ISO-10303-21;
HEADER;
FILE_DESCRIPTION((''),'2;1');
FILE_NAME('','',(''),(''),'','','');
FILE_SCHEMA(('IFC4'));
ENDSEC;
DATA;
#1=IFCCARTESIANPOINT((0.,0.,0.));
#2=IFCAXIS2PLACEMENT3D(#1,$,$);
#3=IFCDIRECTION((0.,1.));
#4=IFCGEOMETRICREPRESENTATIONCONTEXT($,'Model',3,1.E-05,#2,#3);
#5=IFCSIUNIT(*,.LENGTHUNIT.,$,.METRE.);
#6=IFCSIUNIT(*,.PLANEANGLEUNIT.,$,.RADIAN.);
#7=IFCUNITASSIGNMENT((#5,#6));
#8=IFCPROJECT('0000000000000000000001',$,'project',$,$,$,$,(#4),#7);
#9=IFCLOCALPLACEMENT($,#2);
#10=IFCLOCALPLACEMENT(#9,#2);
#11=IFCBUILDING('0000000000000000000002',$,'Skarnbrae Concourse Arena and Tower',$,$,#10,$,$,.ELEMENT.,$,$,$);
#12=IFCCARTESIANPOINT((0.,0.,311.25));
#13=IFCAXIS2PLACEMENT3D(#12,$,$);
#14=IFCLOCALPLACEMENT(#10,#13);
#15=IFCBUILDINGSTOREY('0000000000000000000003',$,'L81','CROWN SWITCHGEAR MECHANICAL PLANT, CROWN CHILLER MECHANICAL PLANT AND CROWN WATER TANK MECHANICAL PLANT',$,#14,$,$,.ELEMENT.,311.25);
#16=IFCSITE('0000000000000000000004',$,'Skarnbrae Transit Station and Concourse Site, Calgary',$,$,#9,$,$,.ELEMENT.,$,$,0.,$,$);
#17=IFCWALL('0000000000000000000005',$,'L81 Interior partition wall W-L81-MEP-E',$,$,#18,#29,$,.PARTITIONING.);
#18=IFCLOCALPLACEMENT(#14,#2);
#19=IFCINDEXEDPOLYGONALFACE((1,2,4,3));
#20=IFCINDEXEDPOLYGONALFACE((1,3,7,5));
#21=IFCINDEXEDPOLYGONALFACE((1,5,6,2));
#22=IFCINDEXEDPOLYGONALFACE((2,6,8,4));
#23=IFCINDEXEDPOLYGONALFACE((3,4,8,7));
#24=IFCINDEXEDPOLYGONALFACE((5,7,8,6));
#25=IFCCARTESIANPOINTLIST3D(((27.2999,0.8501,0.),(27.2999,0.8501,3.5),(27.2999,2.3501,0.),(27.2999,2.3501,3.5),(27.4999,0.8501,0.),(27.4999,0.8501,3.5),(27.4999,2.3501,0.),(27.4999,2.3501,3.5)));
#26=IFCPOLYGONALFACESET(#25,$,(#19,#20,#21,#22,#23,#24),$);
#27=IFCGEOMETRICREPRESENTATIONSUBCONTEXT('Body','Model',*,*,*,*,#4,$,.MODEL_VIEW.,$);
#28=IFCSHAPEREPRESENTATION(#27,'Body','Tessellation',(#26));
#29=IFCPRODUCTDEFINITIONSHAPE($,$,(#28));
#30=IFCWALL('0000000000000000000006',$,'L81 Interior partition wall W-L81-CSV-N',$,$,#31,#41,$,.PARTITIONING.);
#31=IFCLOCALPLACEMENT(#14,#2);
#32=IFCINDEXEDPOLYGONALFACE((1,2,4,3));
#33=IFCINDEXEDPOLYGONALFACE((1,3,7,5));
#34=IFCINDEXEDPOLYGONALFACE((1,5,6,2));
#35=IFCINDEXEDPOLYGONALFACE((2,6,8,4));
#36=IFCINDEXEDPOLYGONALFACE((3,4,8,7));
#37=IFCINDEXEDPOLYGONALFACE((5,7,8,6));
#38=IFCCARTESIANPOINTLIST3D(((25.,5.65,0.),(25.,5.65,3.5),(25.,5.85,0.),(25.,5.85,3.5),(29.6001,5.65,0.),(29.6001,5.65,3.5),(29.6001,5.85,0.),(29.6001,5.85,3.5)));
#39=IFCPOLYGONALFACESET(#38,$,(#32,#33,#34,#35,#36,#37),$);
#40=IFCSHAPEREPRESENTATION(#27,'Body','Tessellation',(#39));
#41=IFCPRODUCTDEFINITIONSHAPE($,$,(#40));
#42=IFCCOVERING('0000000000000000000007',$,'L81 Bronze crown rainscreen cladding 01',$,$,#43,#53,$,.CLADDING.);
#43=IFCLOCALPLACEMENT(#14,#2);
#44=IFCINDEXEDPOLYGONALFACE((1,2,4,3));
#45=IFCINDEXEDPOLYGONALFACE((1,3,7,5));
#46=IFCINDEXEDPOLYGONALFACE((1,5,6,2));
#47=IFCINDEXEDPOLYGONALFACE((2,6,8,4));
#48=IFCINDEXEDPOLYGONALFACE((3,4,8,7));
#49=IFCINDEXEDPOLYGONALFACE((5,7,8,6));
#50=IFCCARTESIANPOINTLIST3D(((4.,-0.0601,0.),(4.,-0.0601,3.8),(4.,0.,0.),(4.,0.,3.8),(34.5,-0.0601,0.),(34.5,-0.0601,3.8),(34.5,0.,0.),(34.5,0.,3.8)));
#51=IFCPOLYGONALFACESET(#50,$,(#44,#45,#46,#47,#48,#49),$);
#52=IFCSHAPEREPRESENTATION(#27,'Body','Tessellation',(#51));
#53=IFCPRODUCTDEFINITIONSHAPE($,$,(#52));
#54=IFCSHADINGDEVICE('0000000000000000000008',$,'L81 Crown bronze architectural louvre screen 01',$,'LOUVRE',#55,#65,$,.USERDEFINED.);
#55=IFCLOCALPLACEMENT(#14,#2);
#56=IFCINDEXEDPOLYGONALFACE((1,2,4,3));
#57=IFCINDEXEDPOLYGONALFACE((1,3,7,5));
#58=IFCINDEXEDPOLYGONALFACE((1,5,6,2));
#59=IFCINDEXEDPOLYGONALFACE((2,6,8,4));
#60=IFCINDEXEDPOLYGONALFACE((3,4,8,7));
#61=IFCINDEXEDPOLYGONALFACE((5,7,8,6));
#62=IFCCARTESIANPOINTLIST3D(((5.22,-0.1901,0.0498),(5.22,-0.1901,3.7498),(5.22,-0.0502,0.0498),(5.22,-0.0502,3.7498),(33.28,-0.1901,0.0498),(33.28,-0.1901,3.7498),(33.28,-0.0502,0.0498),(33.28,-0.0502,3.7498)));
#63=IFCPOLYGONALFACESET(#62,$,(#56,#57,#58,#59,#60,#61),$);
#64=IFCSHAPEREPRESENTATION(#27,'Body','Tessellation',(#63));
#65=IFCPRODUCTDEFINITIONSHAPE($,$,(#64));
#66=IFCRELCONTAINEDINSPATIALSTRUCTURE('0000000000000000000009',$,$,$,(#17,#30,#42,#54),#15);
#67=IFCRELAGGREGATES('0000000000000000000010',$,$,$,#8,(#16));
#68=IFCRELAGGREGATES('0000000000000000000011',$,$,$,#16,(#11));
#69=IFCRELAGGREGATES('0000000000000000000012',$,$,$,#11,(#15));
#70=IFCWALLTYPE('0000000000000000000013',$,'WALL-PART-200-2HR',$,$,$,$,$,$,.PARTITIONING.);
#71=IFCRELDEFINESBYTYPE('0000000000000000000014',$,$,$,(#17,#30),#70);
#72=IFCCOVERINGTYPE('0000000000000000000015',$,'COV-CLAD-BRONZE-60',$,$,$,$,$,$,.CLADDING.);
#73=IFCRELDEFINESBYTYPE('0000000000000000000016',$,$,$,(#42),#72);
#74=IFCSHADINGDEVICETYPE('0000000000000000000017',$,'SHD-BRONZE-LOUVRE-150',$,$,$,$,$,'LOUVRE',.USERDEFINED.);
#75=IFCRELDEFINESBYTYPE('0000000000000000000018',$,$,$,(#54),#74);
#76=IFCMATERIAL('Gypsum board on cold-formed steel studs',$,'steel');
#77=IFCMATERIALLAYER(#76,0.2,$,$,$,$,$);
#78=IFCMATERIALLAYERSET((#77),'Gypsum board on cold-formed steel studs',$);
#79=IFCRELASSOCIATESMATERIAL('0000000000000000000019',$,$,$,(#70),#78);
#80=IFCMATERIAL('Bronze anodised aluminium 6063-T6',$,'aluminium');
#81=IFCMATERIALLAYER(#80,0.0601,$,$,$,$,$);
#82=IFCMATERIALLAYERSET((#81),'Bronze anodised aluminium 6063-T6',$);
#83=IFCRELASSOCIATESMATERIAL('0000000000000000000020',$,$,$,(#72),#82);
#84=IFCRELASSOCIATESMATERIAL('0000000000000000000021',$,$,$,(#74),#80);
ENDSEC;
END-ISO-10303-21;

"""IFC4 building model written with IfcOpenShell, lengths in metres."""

from ifc_helpers import new_model, si_unit, direction, frame, frame_2d, origin, origin_2d, place, context, subcontext, project, spatial, rectangle, extrude, source, transform, mapped, material, layer, layer_set, type_object, element, save


model = new_model("IFC4")

# Units and contexts
model_context = context("Model", 3, precision=1e-05, world=origin(), true_north=direction((0.0, 1.0)))
body_context = subcontext(model_context, "Body", "Model", "MODEL_VIEW")
ifc_project = project(units=[si_unit("LENGTHUNIT", "METRE"), si_unit("PLANEANGLEUNIT", "RADIAN")], contexts=[model_context])

# Site, building, storey
site_placement = place(None, origin())
site = spatial("IfcSite", under=ifc_project, at=site_placement, Name="Skarnbrae Transit Station and Concourse Site, Calgary", CompositionType="ELEMENT", RefElevation=0.0)
building_placement = place(site_placement, origin())
building = spatial("IfcBuilding", under=site, at=building_placement, Name="Skarnbrae Concourse Arena and Tower", CompositionType="ELEMENT")
storey_placement = place(building_placement, frame((0.0, 0.0, 311.25)))
storey = spatial("IfcBuildingStorey", under=building, at=storey_placement, Name="L81", Description="CROWN SWITCHGEAR MECHANICAL PLANT, CROWN CHILLER MECHANICAL PLANT AND CROWN WATER TANK MECHANICAL PLANT", CompositionType="ELEMENT", Elevation=311.25)

# Shared definitions
ifc_material_1 = material(Name="Gypsum board on cold-formed steel studs", Category="steel")
ifc_layer_1 = layer(ifc_material_1, 0.2)
ifc_layer_set_1 = layer_set([ifc_layer_1], Name="Gypsum board on cold-formed steel studs")
wall_type_1 = type_object("IfcWallType", Name="WALL-PART-200-2HR", PredefinedType="PARTITIONING", material=ifc_layer_set_1)

# Walls
shared_shape_1 = source(origin(), body_context, "Body", "SweptSolid", [
    extrude(rectangle(XDim=1.5, YDim=0.2, at=frame_2d((0.75, 0.0))), origin(), (0.0, 0.0, 1.0), 3.5),
])
wall_1_placement = place(storey_placement, frame((27.3999, 0.8501, 0.0), z_axis=(0.0, 0.0, 1.0), x_axis=(0.0, 1.0, 0.0)))
element("IfcWall", 1, at=wall_1_placement, inside=storey, type_object=wall_type_1, Name="L81 Interior partition wall W-L81-MEP-E", PredefinedType="PARTITIONING", context=body_context, shape_type="MappedRepresentation", body=[
    mapped(shared_shape_1, transform((0.0, 0.0, 0.0))),
])
shared_shape_2 = source(origin(), body_context, "Body", "SweptSolid", [
    extrude(rectangle(XDim=4.6001, YDim=0.2, at=frame_2d((2.3, 0.0))), origin(), (0.0, 0.0, 1.0), 3.5),
])
wall_2_placement = place(storey_placement, frame((25.0, 5.75, 0.0), z_axis=(0.0, 0.0, 1.0), x_axis=(1.0, 0.0, 0.0)))
element("IfcWall", 2, at=wall_2_placement, inside=storey, type_object=wall_type_1, Name="L81 Interior partition wall W-L81-CSV-N", PredefinedType="PARTITIONING", context=body_context, shape_type="MappedRepresentation", body=[
    mapped(shared_shape_2, transform((0.0, 0.0, 0.0))),
])

# Covering
ifc_material_2 = material(Name="Bronze anodised aluminium 6063-T6", Category="aluminium")
ifc_layer_2 = layer(ifc_material_2, 0.0601)
ifc_layer_set_2 = layer_set([ifc_layer_2], Name="Bronze anodised aluminium 6063-T6")
covering_type = type_object("IfcCoveringType", Name="COV-CLAD-BRONZE-60", PredefinedType="CLADDING", material=ifc_layer_set_2)
shared_shape_3 = source(origin(), body_context, "Body", "SweptSolid", [
    extrude(rectangle(XDim=30.5, YDim=0.0601, at=origin_2d()), origin(), (0.0, 0.0, 1.0), 3.8),
])
covering_placement = place(storey_placement, frame((19.25, -0.03, 0.0), z_axis=(0.0, 0.0, 1.0), x_axis=(1.0, 0.0, 0.0)))
element("IfcCovering", 3, at=covering_placement, inside=storey, type_object=covering_type, Name="L81 Bronze crown rainscreen cladding 01", PredefinedType="CLADDING", context=body_context, shape_type="MappedRepresentation", body=[
    mapped(shared_shape_3, transform((0.0, 0.0, 0.0))),
])

# Shading device
shading_device_type = type_object("IfcShadingDeviceType", Name="SHD-BRONZE-LOUVRE-150", ElementType="LOUVRE", PredefinedType="USERDEFINED", material=ifc_material_2)
shared_shape_4 = source(origin(), body_context, "Body", "SweptSolid", [
    extrude(rectangle(XDim=28.0601, YDim=0.1399, at=origin_2d()), origin(), (0.0, 0.0, 1.0), 3.7),
])
shading_device_placement = place(storey_placement, frame((19.25, -0.1201, 0.0498), z_axis=(0.0, 0.0, 1.0), x_axis=(1.0, 0.0, 0.0)))
element("IfcShadingDevice", 4, at=shading_device_placement, inside=storey, type_object=shading_device_type, Name="L81 Crown bronze architectural louvre screen 01", ObjectType="LOUVRE", PredefinedType="USERDEFINED", context=body_context, shape_type="MappedRepresentation", body=[
    mapped(shared_shape_4, transform((0.0, 0.0, 0.0))),
])

save(model, "model.ifc")
